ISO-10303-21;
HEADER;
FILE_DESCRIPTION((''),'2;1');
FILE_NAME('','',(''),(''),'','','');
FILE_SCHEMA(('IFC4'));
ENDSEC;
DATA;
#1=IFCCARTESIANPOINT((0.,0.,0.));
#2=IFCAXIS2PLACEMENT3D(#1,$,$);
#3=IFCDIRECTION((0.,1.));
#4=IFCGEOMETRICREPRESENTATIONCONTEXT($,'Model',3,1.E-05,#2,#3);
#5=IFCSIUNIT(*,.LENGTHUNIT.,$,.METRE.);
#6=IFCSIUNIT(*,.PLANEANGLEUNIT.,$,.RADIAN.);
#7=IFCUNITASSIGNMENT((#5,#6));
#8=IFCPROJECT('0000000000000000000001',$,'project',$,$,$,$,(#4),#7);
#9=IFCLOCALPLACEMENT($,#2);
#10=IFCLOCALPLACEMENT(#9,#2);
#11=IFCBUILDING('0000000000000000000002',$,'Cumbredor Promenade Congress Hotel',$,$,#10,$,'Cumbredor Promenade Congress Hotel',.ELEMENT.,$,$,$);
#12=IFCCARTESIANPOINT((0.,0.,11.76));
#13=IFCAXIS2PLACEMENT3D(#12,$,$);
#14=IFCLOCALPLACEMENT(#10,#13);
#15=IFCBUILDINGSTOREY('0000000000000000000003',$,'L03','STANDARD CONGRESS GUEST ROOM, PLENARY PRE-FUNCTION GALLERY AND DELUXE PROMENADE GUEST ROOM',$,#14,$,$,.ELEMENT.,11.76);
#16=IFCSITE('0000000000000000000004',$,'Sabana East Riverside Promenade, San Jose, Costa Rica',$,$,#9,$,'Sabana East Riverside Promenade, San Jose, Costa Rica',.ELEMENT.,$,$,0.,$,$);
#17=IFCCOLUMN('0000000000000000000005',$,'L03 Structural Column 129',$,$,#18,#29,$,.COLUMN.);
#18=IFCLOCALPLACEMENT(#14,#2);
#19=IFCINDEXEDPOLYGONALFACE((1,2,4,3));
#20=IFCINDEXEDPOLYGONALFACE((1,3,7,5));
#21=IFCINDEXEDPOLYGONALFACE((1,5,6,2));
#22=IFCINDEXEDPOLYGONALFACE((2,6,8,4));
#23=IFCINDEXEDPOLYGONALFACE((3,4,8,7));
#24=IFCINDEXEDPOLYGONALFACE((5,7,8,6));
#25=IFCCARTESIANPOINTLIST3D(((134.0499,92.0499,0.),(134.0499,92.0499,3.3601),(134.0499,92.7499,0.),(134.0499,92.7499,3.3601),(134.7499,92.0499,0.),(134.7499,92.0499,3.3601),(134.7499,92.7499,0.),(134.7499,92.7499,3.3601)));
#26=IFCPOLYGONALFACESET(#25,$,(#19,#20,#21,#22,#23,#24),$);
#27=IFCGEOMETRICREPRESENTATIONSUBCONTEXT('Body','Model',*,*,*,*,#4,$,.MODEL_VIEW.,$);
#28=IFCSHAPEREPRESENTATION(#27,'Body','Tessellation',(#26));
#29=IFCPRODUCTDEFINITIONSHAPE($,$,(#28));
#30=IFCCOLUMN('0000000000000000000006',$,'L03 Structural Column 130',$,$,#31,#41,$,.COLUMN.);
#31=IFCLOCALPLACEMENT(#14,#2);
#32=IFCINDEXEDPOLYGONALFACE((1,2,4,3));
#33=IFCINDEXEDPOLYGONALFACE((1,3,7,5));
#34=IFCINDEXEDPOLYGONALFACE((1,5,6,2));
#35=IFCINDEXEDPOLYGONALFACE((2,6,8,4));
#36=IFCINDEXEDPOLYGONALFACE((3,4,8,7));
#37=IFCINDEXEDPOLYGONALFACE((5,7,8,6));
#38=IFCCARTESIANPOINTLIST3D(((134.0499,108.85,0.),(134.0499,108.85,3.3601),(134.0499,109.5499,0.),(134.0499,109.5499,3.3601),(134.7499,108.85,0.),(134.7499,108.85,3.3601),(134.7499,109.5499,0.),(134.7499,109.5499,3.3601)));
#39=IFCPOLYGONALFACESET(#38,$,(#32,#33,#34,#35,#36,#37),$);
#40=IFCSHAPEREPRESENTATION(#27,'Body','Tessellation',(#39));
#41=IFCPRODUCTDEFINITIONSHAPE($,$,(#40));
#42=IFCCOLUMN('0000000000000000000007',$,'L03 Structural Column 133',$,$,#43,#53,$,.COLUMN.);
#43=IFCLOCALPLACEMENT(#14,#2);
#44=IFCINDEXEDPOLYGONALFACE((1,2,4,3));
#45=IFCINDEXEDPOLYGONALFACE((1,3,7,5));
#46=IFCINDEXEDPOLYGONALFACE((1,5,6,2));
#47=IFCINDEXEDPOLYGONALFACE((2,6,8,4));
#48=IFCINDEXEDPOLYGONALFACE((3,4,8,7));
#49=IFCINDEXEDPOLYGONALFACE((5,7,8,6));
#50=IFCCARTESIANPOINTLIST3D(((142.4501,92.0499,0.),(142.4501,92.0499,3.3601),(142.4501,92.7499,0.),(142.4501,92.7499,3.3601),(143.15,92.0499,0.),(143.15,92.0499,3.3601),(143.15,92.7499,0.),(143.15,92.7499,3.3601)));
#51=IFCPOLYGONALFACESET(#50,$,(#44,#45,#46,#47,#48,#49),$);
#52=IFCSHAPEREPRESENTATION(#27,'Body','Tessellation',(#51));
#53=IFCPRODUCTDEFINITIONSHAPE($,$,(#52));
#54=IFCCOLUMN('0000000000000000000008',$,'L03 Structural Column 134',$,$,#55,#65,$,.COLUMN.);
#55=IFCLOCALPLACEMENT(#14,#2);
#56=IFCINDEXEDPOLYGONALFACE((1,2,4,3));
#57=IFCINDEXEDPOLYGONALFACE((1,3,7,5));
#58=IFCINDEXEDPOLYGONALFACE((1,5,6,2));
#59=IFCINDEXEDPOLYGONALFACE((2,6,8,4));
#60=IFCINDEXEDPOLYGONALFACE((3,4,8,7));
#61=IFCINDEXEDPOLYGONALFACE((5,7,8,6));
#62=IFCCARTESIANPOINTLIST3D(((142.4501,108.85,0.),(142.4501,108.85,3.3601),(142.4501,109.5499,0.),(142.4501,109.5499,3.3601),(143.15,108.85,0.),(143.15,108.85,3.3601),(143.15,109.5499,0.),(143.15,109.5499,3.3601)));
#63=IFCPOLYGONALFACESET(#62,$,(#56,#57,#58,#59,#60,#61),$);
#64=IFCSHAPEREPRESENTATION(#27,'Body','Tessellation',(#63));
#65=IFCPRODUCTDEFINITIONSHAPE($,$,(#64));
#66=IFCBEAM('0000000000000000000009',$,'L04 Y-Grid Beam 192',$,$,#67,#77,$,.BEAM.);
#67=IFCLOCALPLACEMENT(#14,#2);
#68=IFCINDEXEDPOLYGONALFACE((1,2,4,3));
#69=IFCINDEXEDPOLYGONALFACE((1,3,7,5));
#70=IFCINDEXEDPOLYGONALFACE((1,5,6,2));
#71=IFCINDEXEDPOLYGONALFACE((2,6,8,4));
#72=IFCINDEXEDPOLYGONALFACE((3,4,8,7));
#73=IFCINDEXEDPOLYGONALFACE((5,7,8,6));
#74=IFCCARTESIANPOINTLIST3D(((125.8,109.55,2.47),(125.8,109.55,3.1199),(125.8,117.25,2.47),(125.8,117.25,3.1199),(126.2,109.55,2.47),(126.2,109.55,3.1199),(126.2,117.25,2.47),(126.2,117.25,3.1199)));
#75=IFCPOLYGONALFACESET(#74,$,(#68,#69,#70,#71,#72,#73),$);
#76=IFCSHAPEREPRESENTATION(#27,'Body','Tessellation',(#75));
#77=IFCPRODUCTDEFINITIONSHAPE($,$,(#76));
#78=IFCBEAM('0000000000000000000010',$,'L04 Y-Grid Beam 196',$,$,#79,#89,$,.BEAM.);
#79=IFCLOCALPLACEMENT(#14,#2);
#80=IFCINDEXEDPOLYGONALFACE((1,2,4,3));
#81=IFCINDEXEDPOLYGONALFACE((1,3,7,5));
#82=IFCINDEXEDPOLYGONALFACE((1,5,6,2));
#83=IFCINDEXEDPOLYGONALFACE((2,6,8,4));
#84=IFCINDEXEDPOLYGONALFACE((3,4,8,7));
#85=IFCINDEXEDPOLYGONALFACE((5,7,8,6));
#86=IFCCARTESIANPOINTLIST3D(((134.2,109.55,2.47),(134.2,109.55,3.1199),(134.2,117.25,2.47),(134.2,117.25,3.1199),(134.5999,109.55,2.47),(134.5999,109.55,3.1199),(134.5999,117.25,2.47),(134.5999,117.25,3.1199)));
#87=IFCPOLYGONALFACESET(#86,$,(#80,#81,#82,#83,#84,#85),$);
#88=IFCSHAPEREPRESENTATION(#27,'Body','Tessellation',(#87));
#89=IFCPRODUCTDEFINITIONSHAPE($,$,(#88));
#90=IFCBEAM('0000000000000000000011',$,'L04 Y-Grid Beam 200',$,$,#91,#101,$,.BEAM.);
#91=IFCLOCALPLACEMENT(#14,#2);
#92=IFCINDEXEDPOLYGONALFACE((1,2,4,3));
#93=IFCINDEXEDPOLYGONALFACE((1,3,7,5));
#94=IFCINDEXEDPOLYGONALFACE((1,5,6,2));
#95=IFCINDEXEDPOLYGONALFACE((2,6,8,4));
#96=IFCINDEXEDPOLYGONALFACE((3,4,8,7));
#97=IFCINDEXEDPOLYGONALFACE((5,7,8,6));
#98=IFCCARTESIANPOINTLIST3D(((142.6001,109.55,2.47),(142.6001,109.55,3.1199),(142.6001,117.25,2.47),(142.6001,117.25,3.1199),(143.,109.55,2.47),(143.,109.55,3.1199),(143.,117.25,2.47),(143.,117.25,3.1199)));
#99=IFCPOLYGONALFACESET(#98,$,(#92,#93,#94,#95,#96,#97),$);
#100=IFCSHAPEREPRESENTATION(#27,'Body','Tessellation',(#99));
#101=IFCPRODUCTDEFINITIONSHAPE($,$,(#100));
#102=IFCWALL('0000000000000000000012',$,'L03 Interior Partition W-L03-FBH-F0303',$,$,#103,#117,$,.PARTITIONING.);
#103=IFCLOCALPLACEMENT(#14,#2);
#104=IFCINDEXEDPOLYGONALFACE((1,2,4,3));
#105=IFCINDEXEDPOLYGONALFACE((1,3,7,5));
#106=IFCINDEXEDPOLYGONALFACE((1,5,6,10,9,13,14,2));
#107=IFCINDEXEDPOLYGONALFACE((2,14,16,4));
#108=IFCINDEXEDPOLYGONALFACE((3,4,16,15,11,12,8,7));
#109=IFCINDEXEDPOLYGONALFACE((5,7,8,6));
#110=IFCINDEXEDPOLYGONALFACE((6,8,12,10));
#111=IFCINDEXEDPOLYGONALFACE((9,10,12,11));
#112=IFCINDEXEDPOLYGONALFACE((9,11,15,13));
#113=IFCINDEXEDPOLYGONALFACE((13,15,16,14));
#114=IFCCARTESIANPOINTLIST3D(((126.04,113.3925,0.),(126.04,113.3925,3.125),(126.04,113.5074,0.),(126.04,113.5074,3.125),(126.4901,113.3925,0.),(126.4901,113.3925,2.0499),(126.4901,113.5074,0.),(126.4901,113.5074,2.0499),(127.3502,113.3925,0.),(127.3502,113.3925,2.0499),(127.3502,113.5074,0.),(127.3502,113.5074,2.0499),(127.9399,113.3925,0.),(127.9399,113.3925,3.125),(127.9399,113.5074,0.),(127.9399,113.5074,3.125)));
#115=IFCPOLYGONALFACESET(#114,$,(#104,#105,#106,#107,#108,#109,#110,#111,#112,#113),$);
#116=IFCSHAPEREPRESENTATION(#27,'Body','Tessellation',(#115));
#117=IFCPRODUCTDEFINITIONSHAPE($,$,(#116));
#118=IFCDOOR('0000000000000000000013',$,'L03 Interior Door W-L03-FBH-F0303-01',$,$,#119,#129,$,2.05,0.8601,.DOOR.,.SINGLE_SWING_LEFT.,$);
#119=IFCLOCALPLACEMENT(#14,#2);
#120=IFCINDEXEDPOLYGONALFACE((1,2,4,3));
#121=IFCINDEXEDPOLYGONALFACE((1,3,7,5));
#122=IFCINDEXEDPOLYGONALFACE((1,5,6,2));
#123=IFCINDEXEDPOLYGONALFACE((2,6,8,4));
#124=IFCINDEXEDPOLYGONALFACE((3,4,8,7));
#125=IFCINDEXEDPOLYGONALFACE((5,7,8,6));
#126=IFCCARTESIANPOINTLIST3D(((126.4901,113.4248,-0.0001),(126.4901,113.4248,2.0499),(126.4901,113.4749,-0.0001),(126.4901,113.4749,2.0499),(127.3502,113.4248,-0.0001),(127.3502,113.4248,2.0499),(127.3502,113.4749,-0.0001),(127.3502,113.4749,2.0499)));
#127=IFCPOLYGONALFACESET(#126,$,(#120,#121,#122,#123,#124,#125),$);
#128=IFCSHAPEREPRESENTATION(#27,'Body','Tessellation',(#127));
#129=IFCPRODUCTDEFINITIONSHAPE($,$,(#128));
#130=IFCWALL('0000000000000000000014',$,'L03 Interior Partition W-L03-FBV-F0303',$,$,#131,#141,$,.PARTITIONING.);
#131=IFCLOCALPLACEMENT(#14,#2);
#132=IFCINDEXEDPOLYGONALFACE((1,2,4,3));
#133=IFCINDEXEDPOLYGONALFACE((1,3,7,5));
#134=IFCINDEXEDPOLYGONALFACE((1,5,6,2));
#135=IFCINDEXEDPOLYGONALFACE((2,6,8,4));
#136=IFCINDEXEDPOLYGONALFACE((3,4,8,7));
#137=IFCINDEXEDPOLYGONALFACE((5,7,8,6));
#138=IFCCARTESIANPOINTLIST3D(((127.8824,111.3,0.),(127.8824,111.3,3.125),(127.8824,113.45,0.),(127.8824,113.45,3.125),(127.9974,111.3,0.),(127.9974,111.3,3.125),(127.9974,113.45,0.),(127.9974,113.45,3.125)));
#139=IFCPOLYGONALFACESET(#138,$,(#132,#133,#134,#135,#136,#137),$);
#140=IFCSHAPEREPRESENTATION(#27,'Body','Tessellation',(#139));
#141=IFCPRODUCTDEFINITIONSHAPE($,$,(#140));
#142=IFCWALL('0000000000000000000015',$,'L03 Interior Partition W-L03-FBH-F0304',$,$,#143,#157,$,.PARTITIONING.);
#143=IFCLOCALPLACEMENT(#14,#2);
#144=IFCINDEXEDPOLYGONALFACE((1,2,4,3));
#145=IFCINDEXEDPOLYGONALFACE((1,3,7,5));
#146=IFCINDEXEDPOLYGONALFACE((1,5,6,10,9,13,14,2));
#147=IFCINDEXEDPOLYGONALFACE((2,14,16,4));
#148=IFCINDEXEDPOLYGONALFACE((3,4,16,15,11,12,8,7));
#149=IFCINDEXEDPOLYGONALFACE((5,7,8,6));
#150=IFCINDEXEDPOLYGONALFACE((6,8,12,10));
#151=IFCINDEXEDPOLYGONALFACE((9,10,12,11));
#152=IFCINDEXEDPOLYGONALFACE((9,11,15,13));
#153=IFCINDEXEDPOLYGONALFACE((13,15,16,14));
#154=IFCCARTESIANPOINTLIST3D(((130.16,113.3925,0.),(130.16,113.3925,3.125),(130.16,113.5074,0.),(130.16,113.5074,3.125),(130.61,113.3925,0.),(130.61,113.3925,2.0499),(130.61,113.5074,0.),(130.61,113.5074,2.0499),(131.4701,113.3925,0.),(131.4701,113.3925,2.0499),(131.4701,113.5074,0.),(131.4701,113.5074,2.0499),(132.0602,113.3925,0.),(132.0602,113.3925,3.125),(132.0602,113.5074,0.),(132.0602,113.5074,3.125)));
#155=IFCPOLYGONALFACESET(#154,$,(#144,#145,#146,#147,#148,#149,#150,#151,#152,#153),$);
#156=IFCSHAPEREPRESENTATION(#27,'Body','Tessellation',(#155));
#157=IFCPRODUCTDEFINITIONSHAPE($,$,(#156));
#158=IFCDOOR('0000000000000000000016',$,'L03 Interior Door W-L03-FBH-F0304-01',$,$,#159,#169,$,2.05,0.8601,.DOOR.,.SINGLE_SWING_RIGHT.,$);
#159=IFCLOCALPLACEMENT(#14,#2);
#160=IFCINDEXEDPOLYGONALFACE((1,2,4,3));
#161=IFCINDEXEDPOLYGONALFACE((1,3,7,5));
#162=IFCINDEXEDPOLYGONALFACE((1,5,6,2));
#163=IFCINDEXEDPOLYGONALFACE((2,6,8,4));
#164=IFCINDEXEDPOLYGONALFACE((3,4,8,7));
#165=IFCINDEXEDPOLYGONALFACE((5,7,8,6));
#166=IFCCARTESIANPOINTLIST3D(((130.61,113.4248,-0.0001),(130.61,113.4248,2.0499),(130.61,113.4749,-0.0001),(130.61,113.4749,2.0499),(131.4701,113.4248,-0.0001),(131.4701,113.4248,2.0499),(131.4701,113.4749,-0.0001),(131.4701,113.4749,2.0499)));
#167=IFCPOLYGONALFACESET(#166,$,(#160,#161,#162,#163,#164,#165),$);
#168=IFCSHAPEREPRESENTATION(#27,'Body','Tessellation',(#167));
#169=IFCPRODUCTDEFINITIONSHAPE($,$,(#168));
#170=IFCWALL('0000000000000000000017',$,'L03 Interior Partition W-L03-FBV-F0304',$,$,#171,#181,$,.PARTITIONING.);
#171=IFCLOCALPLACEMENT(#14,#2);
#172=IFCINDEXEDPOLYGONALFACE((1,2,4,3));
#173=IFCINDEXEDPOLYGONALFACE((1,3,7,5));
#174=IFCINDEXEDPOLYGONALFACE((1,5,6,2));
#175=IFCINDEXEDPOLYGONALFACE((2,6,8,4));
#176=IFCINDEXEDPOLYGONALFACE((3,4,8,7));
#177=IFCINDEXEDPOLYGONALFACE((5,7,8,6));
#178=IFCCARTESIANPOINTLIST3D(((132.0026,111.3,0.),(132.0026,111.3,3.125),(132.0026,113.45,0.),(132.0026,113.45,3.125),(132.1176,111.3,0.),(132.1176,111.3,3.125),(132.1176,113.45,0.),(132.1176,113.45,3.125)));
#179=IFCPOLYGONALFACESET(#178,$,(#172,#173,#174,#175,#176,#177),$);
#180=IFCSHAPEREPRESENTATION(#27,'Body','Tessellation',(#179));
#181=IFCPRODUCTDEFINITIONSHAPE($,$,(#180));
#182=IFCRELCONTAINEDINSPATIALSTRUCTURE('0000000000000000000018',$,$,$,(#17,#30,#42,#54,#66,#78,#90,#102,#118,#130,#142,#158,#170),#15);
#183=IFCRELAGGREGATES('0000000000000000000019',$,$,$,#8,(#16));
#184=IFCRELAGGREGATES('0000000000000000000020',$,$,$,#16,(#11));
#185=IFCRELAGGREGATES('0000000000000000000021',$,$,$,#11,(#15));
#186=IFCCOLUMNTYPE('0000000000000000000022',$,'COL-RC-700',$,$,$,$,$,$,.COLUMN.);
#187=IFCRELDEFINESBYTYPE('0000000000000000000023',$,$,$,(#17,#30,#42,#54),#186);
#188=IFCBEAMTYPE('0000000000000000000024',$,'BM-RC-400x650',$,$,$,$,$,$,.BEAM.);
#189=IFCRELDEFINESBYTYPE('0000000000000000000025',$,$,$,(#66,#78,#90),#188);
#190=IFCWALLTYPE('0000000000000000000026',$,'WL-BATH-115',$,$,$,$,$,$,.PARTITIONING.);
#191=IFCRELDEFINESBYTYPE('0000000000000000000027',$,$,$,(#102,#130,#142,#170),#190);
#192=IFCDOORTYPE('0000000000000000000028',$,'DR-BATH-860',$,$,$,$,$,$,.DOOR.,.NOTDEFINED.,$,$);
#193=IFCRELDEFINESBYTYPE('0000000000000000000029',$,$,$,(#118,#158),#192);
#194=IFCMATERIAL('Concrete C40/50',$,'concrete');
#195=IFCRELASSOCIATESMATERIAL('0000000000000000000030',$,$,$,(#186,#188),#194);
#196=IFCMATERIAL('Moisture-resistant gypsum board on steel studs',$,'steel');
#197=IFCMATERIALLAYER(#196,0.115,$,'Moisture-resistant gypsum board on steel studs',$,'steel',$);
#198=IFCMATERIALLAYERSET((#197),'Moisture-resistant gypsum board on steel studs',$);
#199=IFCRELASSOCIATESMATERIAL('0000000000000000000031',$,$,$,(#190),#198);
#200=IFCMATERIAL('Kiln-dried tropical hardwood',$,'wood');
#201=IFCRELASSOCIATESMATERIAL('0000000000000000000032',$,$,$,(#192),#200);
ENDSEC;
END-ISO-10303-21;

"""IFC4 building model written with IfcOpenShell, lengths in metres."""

from ifc_helpers import new_model, si_unit, direction, frame, frame_2d, origin, origin_2d, place, context, subcontext, project, spatial, rectangle, extrude, material, layer, layer_set, material_profile, profile_set, type_object, element, fill, save


model = new_model("IFC4")

# Units and contexts
model_context = context("Model", 3, precision=1e-05, world=origin(), true_north=direction((0.0, 1.0)))
body_context = subcontext(model_context, "Body", "Model", "MODEL_VIEW")
ifc_project = project(units=[si_unit("LENGTHUNIT", "METRE"), si_unit("PLANEANGLEUNIT", "RADIAN")], contexts=[model_context])

# Site, building, storey
site_placement = place(None, origin())
site = spatial("IfcSite", under=ifc_project, at=site_placement, Name="Sabana East Riverside Promenade, San Jose, Costa Rica", LongName="Sabana East Riverside Promenade, San Jose, Costa Rica", CompositionType="ELEMENT", RefElevation=0.0)
building_placement = place(site_placement, origin())
building = spatial("IfcBuilding", under=site, at=building_placement, Name="Cumbredor Promenade Congress Hotel", LongName="Cumbredor Promenade Congress Hotel", CompositionType="ELEMENT")
storey_placement = place(building_placement, frame((0.0, 0.0, 11.76)))
storey = spatial("IfcBuildingStorey", under=building, at=storey_placement, Name="L03", Description="STANDARD CONGRESS GUEST ROOM, PLENARY PRE-FUNCTION GALLERY AND DELUXE PROMENADE GUEST ROOM", CompositionType="ELEMENT", Elevation=11.76)

# Columns
ifc_material_1 = material(Name="Concrete C40/50", Category="concrete")
ifc_material_profile_1 = material_profile(ifc_material_1, rectangle(XDim=0.7, YDim=0.7, at=origin_2d()), Name="RC 700x700")
ifc_profile_set_1 = profile_set([ifc_material_profile_1], Name="Concrete C40/50")
column_type = type_object("IfcColumnType", Name="COL-RC-700", PredefinedType="COLUMN", material=ifc_profile_set_1)
for number, where, z_axis, x_axis, name in (
    (1, (134.3999, 92.3999, 0.0), (0.0, 0.0, 1.0), (1.0, 0.0, 0.0), "L03 Structural Column 129"),
    (2, (134.3999, 109.2, 0.0), (0.0, 0.0, 1.0), (1.0, 0.0, 0.0), "L03 Structural Column 130"),
    (3, (142.8, 92.3999, 0.0), (0.0, 0.0, 1.0), (1.0, 0.0, 0.0), "L03 Structural Column 133"),
    (4, (142.8, 109.2, 0.0), (0.0, 0.0, 1.0), (1.0, 0.0, 0.0), "L03 Structural Column 134"),
):
    element("IfcColumn", number, at=place(storey_placement, frame(where, z_axis=z_axis, x_axis=x_axis)), inside=storey, type_object=column_type, Name=name, PredefinedType="COLUMN", context=body_context, shape_type="SweptSolid", body=[
        extrude(rectangle(XDim=0.7, YDim=0.7, at=origin_2d()), origin(), (0.0, 0.0, 1.0), 3.3601),
    ])

# Beams
ifc_material_profile_2 = material_profile(ifc_material_1, rectangle(XDim=0.3999, YDim=0.6499, at=origin_2d()), Name="RC BEAM 400x650")
ifc_profile_set_2 = profile_set([ifc_material_profile_2], Name="Concrete C40/50")
beam_type = type_object("IfcBeamType", Name="BM-RC-400x650", PredefinedType="BEAM", material=ifc_profile_set_2)
for number, where, z_axis, x_axis, name in (
    (5, (126.0, 109.55, 2.7949), (0.0, 1.0, 0.0), (-1.0, 0.0, 0.0), "L04 Y-Grid Beam 192"),
    (6, (134.3999, 109.55, 2.7949), (0.0, 1.0, 0.0), (-1.0, 0.0, 0.0), "L04 Y-Grid Beam 196"),
    (7, (142.8, 109.55, 2.7949), (0.0, 1.0, 0.0), (-1.0, 0.0, 0.0), "L04 Y-Grid Beam 200"),
):
    element("IfcBeam", number, at=place(storey_placement, frame(where, z_axis=z_axis, x_axis=x_axis)), inside=storey, type_object=beam_type, Name=name, PredefinedType="BEAM", context=body_context, shape_type="SweptSolid", body=[
        extrude(rectangle(XDim=0.3999, YDim=0.6499, at=origin_2d()), origin(), (0.0, 0.0, 1.0), 7.7),
    ])

# Wall, opening, door
ifc_material_2 = material(Name="Moisture-resistant gypsum board on steel studs", Category="steel")
ifc_layer_1 = layer(ifc_material_2, 0.115, Name="Moisture-resistant gypsum board on steel studs", Category="steel")
ifc_layer_set_1 = layer_set([ifc_layer_1], Name="Moisture-resistant gypsum board on steel studs")
wall_type_1 = type_object("IfcWallType", Name="WL-BATH-115", PredefinedType="PARTITIONING", material=ifc_layer_set_1)
wall_1_placement = place(storey_placement, frame((126.04, 113.45, 0.0), z_axis=(0.0, 0.0, 1.0), x_axis=(1.0, 0.0, 0.0)))
wall_1 = element("IfcWall", 8, at=wall_1_placement, inside=storey, type_object=wall_type_1, Name="L03 Interior Partition W-L03-FBH-F0303", PredefinedType="PARTITIONING", context=body_context, shape_type="SweptSolid", body=[
    extrude(rectangle(XDim=1.8999, YDim=0.115, at=frame_2d((0.95, 0.0))), origin(), (0.0, 0.0, 1.0), 3.125),
])
opening_1_placement = place(wall_1_placement, frame((0.45, 0.0, 0.0)))
opening_1 = element("IfcOpeningElement", 9, at=opening_1_placement, cuts=wall_1, PredefinedType="OPENING", context=body_context, shape_type="SweptSolid", body=[
    extrude(rectangle(XDim=0.8601, YDim=2.05, at=frame_2d((0.4302, 1.0249))), frame((0.0, 0.0674, 0.0), z_axis=(0.0, -1.0, 0.0), x_axis=(1.0, 0.0, 0.0)), (0.0, 0.0, 1.0), 0.135),
])
ifc_material_3 = material(Name="Kiln-dried tropical hardwood", Category="wood")
door_type = type_object("IfcDoorType", Name="DR-BATH-860", OperationType="NOTDEFINED", PredefinedType="DOOR", material=ifc_material_3)
door_1_placement = place(opening_1_placement, origin())
door_1 = element("IfcDoor", 10, at=door_1_placement, inside=storey, type_object=door_type, Name="L03 Interior Door W-L03-FBH-F0303-01", OperationType="SINGLE_SWING_LEFT", OverallHeight=2.05, OverallWidth=0.8601, PredefinedType="DOOR", context=body_context, shape_type="SweptSolid", body=[
    extrude(rectangle(XDim=0.8601, YDim=2.05, at=frame_2d((0.4302, 1.0249))), frame((0.0, 0.0249, 0.0), z_axis=(0.0, -1.0, 0.0), x_axis=(1.0, 0.0, 0.0)), (0.0, 0.0, 1.0), 0.05),
])
fill(opening_1, door_1)

# Wall
wall_2_placement = place(storey_placement, frame((127.9399, 111.3, 0.0), z_axis=(0.0, 0.0, 1.0), x_axis=(0.0, 1.0, 0.0)))
element("IfcWall", 11, at=wall_2_placement, inside=storey, type_object=wall_type_1, Name="L03 Interior Partition W-L03-FBV-F0303", PredefinedType="PARTITIONING", context=body_context, shape_type="SweptSolid", body=[
    extrude(rectangle(XDim=2.1499, YDim=0.115, at=frame_2d((1.075, 0.0))), origin(), (0.0, 0.0, 1.0), 3.125),
])

# Wall, opening, door
wall_3_placement = place(storey_placement, frame((130.1599, 113.45, 0.0), z_axis=(0.0, 0.0, 1.0), x_axis=(1.0, 0.0, 0.0)))
wall_3 = element("IfcWall", 12, at=wall_3_placement, inside=storey, type_object=wall_type_1, Name="L03 Interior Partition W-L03-FBH-F0304", PredefinedType="PARTITIONING", context=body_context, shape_type="SweptSolid", body=[
    extrude(rectangle(XDim=1.9001, YDim=0.115, at=frame_2d((0.9502, 0.0))), origin(), (0.0, 0.0, 1.0), 3.125),
])
opening_2_placement = place(wall_3_placement, frame((0.45, 0.0, 0.0)))
opening_2 = element("IfcOpeningElement", 13, at=opening_2_placement, cuts=wall_3, PredefinedType="OPENING", context=body_context, shape_type="SweptSolid", body=[
    extrude(rectangle(XDim=0.8601, YDim=2.05, at=frame_2d((0.4302, 1.0249))), frame((0.0, 0.0674, 0.0), z_axis=(0.0, -1.0, 0.0), x_axis=(1.0, 0.0, 0.0)), (0.0, 0.0, 1.0), 0.135),
])
door_2_placement = place(opening_2_placement, origin())
door_2 = element("IfcDoor", 14, at=door_2_placement, inside=storey, type_object=door_type, Name="L03 Interior Door W-L03-FBH-F0304-01", OperationType="SINGLE_SWING_RIGHT", OverallHeight=2.05, OverallWidth=0.8601, PredefinedType="DOOR", context=body_context, shape_type="SweptSolid", body=[
    extrude(rectangle(XDim=0.8601, YDim=2.05, at=frame_2d((0.4302, 1.0249))), frame((0.0, 0.0249, 0.0), z_axis=(0.0, -1.0, 0.0), x_axis=(1.0, 0.0, 0.0)), (0.0, 0.0, 1.0), 0.05),
])
fill(opening_2, door_2)

# Wall
wall_4_placement = place(storey_placement, frame((132.0601, 111.3, 0.0), z_axis=(0.0, 0.0, 1.0), x_axis=(0.0, 1.0, 0.0)))
element("IfcWall", 15, at=wall_4_placement, inside=storey, type_object=wall_type_1, Name="L03 Interior Partition W-L03-FBV-F0304", PredefinedType="PARTITIONING", context=body_context, shape_type="SweptSolid", body=[
    extrude(rectangle(XDim=2.1499, YDim=0.115, at=frame_2d((1.075, 0.0))), origin(), (0.0, 0.0, 1.0), 3.125),
])

save(model, "model.ifc")
